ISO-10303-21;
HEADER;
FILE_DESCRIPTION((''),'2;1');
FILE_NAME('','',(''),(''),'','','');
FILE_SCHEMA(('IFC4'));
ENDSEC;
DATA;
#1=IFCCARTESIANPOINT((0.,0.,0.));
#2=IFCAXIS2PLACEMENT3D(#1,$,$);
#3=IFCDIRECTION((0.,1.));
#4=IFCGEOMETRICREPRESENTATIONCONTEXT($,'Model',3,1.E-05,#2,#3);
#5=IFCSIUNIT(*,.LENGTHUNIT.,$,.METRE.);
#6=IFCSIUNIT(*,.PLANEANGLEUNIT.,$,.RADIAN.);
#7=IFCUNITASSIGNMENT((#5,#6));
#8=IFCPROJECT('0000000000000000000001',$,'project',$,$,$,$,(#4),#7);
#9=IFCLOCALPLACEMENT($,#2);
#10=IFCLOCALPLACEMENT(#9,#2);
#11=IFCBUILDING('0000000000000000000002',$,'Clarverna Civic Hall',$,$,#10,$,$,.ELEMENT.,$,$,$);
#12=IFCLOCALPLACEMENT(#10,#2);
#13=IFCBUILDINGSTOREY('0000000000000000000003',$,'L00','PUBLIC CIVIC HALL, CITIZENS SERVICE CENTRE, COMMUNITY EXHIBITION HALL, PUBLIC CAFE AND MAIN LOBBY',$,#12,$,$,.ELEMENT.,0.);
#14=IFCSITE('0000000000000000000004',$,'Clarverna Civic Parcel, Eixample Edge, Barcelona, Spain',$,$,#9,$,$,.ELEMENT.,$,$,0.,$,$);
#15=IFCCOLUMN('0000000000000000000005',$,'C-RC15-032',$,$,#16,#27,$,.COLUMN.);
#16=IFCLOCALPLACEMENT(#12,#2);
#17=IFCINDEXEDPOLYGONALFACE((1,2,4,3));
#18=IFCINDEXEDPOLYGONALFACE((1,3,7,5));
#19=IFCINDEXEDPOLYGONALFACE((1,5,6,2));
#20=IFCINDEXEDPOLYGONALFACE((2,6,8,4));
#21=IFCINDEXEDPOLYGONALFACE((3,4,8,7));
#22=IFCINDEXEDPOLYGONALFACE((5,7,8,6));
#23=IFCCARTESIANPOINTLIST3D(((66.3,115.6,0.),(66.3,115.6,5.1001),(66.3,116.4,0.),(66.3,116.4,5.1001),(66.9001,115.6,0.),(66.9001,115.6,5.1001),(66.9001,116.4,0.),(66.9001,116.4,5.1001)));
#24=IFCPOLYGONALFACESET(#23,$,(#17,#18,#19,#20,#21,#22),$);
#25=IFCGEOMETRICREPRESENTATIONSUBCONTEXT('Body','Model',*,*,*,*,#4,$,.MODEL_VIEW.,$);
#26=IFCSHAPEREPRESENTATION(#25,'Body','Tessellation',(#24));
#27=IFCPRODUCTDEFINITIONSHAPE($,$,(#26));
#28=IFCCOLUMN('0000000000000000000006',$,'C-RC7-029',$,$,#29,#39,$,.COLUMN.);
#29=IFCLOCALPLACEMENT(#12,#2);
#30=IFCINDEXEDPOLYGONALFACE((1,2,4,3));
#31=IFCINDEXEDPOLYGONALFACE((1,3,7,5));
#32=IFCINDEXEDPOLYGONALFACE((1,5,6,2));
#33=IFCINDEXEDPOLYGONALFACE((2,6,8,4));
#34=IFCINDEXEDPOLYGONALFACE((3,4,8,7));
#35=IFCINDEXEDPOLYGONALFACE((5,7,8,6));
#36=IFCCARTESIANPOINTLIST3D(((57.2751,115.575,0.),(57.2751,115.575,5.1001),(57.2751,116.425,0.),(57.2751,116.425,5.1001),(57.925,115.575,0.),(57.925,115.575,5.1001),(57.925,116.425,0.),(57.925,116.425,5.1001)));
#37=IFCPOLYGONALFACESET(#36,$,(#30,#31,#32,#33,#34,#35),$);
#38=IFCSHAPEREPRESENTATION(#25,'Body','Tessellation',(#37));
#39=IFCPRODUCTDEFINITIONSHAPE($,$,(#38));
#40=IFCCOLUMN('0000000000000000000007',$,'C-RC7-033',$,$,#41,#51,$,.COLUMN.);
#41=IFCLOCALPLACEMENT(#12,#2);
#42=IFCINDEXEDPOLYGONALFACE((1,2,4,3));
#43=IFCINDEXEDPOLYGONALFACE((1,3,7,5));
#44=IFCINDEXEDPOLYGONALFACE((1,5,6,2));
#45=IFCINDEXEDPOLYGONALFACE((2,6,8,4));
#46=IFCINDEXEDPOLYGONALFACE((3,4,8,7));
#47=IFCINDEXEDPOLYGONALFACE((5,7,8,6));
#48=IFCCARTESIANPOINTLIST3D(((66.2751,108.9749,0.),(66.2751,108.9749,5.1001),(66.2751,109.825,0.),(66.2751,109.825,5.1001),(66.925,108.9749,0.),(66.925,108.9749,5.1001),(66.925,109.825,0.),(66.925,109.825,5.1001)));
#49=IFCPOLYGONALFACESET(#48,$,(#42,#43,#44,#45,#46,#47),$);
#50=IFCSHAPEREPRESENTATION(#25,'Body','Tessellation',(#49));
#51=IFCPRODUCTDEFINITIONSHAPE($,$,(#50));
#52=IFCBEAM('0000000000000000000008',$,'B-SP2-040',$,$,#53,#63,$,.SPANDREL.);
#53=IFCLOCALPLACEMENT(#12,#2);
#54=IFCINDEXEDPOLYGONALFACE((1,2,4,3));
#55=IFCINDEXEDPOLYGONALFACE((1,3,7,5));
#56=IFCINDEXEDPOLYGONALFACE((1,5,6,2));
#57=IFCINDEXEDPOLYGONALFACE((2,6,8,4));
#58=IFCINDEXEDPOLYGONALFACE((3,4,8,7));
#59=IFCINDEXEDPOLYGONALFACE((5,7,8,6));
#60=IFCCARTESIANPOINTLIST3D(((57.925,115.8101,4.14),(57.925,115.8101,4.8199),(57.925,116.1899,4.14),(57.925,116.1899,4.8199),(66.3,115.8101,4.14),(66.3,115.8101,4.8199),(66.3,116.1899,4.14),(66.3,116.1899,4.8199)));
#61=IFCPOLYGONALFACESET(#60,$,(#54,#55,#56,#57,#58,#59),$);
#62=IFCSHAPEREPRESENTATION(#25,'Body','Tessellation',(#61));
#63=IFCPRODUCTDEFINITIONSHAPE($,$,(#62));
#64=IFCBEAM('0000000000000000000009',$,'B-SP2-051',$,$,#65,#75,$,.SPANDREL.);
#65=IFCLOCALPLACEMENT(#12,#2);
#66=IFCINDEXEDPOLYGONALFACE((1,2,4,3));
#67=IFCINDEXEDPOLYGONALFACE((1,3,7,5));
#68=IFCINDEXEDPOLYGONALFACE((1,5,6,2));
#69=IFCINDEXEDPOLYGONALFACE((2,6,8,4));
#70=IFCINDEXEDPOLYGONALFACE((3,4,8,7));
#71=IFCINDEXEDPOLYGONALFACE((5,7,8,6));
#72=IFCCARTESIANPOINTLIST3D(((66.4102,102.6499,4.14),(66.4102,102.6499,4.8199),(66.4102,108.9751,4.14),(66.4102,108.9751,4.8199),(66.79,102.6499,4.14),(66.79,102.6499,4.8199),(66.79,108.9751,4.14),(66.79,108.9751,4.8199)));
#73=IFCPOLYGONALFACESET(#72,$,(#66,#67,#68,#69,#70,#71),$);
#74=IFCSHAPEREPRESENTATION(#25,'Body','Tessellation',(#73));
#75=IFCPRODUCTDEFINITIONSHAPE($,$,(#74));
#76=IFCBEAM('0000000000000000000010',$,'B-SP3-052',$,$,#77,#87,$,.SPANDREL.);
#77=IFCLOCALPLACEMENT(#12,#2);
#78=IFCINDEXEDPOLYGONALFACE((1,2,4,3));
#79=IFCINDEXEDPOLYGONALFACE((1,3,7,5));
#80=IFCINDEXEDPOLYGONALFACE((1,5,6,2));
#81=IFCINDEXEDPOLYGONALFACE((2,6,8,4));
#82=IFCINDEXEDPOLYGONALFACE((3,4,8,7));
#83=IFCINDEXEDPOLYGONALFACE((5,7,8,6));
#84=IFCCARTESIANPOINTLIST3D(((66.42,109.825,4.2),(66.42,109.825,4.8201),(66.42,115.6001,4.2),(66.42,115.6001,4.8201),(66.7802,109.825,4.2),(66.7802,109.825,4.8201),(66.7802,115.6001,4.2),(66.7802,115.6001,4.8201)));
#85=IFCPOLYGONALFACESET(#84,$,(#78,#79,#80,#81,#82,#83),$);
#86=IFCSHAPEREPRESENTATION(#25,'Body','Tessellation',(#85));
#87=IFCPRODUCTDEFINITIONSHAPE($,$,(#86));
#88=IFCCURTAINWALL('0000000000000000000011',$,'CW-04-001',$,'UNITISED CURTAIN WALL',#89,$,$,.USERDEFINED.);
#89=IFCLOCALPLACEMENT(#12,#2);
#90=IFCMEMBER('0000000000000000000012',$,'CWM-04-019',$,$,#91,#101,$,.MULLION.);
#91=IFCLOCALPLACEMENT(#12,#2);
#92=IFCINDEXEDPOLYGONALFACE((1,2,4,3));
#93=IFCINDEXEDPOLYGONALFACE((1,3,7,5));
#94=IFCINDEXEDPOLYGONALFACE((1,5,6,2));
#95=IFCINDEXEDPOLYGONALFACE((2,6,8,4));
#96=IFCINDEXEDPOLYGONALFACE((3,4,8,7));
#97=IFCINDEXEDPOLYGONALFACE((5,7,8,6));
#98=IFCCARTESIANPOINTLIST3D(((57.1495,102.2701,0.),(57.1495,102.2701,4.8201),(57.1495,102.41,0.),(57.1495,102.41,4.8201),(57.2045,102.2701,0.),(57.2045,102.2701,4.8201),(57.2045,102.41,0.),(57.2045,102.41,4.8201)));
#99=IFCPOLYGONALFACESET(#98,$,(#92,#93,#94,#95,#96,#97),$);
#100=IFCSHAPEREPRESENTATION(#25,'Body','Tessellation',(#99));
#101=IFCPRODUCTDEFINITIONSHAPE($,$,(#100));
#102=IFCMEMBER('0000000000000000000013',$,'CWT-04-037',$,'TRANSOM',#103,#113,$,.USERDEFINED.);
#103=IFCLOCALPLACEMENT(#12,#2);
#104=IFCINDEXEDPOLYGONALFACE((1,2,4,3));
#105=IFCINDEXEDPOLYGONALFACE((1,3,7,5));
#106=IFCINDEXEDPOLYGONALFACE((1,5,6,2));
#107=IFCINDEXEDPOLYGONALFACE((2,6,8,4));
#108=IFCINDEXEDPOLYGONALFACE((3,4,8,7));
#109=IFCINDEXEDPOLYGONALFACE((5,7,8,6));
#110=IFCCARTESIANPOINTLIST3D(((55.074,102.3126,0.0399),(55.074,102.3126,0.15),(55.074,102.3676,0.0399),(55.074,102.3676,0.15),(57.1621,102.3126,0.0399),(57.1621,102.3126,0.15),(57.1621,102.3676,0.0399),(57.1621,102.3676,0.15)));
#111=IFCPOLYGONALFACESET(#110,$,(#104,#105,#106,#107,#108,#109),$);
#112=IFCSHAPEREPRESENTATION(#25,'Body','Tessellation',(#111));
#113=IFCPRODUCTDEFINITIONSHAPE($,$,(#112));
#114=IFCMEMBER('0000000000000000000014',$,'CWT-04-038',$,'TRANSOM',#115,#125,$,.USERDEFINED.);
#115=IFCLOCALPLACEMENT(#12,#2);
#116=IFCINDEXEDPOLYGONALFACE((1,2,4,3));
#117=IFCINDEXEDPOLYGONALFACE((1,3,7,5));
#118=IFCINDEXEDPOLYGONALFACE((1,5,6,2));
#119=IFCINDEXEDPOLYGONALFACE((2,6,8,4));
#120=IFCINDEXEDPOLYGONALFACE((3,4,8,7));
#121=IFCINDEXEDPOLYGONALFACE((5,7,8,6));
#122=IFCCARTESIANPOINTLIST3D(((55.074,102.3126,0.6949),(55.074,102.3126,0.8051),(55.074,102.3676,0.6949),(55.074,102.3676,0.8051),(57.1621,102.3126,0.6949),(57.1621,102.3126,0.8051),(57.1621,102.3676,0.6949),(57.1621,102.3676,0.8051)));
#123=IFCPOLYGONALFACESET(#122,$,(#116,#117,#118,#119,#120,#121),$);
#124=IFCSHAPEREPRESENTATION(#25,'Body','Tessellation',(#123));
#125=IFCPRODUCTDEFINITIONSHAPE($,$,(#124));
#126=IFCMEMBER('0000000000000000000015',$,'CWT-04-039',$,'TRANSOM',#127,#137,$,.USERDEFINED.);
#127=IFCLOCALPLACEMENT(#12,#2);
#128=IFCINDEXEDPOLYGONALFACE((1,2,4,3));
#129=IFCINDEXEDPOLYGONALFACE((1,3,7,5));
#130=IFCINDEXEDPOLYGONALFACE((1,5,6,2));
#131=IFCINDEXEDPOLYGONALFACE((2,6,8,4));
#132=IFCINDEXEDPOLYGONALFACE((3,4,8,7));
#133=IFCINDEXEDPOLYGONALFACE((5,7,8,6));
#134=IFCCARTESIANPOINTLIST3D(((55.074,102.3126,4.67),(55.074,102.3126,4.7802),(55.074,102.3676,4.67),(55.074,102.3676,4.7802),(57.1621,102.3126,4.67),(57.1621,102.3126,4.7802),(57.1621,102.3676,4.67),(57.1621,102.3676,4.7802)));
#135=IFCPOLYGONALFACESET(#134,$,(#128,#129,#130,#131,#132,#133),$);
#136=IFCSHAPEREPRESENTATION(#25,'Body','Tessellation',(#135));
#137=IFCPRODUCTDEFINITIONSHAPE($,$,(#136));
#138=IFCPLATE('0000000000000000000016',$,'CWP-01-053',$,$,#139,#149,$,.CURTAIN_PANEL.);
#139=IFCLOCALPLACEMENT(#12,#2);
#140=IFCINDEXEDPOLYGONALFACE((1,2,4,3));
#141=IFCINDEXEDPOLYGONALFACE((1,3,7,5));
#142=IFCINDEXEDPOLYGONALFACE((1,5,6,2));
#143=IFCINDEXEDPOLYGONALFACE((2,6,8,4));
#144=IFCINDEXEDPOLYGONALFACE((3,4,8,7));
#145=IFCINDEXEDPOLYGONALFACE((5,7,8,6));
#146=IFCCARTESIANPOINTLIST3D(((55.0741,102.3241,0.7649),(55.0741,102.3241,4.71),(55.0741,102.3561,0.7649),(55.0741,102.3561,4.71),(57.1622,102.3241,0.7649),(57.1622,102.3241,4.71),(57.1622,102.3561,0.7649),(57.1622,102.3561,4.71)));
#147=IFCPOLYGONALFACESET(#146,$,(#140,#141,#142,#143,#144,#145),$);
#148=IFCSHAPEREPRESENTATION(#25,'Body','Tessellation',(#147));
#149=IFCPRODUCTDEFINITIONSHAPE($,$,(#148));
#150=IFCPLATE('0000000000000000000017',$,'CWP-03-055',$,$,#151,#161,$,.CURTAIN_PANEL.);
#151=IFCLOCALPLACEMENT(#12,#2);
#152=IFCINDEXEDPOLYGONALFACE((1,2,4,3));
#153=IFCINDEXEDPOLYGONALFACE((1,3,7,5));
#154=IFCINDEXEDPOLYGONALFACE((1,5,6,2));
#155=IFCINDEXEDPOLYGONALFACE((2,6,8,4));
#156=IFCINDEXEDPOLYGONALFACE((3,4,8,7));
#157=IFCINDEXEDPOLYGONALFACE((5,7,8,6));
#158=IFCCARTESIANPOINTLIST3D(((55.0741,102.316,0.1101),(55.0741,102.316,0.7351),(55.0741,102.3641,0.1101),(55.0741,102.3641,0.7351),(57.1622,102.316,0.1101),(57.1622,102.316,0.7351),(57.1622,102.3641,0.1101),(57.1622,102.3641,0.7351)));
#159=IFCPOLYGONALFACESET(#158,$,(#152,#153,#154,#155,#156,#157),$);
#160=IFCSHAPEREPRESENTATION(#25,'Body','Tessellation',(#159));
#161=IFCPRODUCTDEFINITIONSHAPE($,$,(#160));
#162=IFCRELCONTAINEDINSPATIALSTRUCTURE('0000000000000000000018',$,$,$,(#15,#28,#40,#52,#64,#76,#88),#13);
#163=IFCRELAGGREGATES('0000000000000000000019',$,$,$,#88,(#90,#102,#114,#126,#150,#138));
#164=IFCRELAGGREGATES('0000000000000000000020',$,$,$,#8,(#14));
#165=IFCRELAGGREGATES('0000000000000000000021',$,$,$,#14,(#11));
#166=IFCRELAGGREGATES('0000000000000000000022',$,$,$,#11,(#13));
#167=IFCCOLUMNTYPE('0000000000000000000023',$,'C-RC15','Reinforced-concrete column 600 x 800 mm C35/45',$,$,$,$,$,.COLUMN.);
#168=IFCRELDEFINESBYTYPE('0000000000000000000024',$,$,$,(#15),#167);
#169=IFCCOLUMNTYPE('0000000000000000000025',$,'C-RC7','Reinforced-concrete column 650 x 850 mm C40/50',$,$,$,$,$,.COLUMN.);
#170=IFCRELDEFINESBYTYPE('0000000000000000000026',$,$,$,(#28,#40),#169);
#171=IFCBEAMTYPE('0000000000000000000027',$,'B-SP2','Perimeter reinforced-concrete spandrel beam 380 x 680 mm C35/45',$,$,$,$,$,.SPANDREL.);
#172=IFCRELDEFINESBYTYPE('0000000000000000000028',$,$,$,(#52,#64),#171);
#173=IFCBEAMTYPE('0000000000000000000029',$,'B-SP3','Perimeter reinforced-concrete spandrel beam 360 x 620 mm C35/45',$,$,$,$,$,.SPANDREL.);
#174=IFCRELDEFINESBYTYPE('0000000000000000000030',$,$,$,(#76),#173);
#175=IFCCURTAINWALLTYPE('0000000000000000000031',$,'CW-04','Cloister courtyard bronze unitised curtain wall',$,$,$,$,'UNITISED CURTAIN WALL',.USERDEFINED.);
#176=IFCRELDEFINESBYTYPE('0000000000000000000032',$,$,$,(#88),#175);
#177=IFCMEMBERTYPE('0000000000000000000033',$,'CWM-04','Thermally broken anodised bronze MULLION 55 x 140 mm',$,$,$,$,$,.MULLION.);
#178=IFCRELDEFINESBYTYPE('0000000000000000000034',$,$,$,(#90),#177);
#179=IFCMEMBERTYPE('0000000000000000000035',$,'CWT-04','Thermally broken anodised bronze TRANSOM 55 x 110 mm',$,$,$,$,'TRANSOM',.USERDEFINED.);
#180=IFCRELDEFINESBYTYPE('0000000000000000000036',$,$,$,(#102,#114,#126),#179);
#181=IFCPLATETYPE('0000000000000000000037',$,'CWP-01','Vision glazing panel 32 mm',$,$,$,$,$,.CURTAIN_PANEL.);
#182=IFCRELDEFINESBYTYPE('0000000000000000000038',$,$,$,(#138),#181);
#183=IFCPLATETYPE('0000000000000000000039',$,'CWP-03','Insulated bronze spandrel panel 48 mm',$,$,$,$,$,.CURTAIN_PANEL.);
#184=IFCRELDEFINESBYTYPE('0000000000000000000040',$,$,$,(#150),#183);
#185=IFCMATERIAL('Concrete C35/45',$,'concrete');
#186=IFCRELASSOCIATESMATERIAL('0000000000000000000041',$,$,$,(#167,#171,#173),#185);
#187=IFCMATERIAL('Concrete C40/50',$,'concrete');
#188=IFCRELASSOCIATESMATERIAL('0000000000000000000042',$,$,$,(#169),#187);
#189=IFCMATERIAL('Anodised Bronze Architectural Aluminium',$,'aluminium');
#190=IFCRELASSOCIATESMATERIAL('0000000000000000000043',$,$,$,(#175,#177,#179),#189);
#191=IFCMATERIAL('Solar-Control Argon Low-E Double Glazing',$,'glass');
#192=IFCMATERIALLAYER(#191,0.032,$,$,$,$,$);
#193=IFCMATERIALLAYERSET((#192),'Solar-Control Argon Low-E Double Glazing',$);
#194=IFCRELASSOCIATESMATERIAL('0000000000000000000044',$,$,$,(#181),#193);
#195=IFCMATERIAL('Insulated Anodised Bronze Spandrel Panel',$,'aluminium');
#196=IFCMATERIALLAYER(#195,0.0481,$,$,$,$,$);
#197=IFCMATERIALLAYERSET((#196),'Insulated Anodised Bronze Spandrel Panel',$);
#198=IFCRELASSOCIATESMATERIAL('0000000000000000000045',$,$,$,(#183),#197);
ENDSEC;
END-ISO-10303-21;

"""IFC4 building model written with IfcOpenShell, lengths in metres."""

from ifc_helpers import new_model, si_unit, direction, frame, frame_2d, origin, origin_2d, place, context, subcontext, project, spatial, rectangle, extrude, material, layer, layer_set, material_profile, profile_set, type_object, element, aggregate, save


model = new_model("IFC4")

# Units and contexts
model_context = context("Model", 3, precision=1e-05, world=origin(), true_north=direction((0.0, 1.0)))
body_context = subcontext(model_context, "Body", "Model", "MODEL_VIEW")
ifc_project = project(units=[si_unit("LENGTHUNIT", "METRE"), si_unit("PLANEANGLEUNIT", "RADIAN")], contexts=[model_context])

# Site, building, storey
site_placement = place(None, origin())
site = spatial("IfcSite", under=ifc_project, at=site_placement, Name="Clarverna Civic Parcel, Eixample Edge, Barcelona, Spain", CompositionType="ELEMENT", RefElevation=0.0)
building_placement = place(site_placement, origin())
building = spatial("IfcBuilding", under=site, at=building_placement, Name="Clarverna Civic Hall", CompositionType="ELEMENT")
storey_placement = place(building_placement, origin())
storey = spatial("IfcBuildingStorey", under=building, at=storey_placement, Name="L00", Description="PUBLIC CIVIC HALL, CITIZENS SERVICE CENTRE, COMMUNITY EXHIBITION HALL, PUBLIC CAFE AND MAIN LOBBY", CompositionType="ELEMENT", Elevation=0.0)

# Columns
ifc_material_1 = material(Name="Concrete C35/45", Category="concrete")
ifc_material_profile_1 = material_profile(ifc_material_1, rectangle(XDim=0.6001, YDim=0.8, at=origin_2d()), Name="RC 600x800")
ifc_profile_set_1 = profile_set([ifc_material_profile_1], Name="Concrete C35/45")
column_type_1 = type_object("IfcColumnType", Name="C-RC15", Description="Reinforced-concrete column 600 x 800 mm C35/45", PredefinedType="COLUMN", material=ifc_profile_set_1)
column_placement = place(storey_placement, frame((66.6001, 116.0, 0.0), z_axis=(0.0, 0.0, 1.0), x_axis=(1.0, 0.0, 0.0)))
element("IfcColumn", 1, at=column_placement, inside=storey, type_object=column_type_1, Name="C-RC15-032", PredefinedType="COLUMN", context=body_context, shape_type="SweptSolid", body=[
    extrude(rectangle(XDim=0.6001, YDim=0.8, at=origin_2d()), origin(), (0.0, 0.0, 1.0), 5.1001),
])
ifc_material_2 = material(Name="Concrete C40/50", Category="concrete")
ifc_material_profile_2 = material_profile(ifc_material_2, rectangle(XDim=0.6499, YDim=0.8501, at=origin_2d()), Name="RC 650x850")
ifc_profile_set_2 = profile_set([ifc_material_profile_2], Name="Concrete C40/50")
column_type_2 = type_object("IfcColumnType", Name="C-RC7", Description="Reinforced-concrete column 650 x 850 mm C40/50", PredefinedType="COLUMN", material=ifc_profile_set_2)
for number, where, z_axis, x_axis, name in (
    (2, (57.6001, 116.0, 0.0), (0.0, 0.0, 1.0), (1.0, 0.0, 0.0), "C-RC7-029"),
    (3, (66.6001, 109.3999, 0.0), (0.0, 0.0, 1.0), (1.0, 0.0, 0.0), "C-RC7-033"),
):
    element("IfcColumn", number, at=place(storey_placement, frame(where, z_axis=z_axis, x_axis=x_axis)), inside=storey, type_object=column_type_2, Name=name, PredefinedType="COLUMN", context=body_context, shape_type="SweptSolid", body=[
        extrude(rectangle(XDim=0.6499, YDim=0.8501, at=origin_2d()), origin(), (0.0, 0.0, 1.0), 5.1001),
    ])

# Beams
ifc_material_profile_3 = material_profile(ifc_material_1, rectangle(XDim=0.3799, YDim=0.6799, at=origin_2d()), Name="RC 380x680")
ifc_profile_set_3 = profile_set([ifc_material_profile_3], Name="Concrete C35/45")
beam_type_1 = type_object("IfcBeamType", Name="B-SP2", Description="Perimeter reinforced-concrete spandrel beam 380 x 680 mm C35/45", PredefinedType="SPANDREL", material=ifc_profile_set_3)
beam_1_placement = place(storey_placement, frame((57.925, 116.0, 4.48), z_axis=(1.0, 0.0, 0.0), x_axis=(0.0, 1.0, 0.0)))
element("IfcBeam", 4, at=beam_1_placement, inside=storey, type_object=beam_type_1, Name="B-SP2-040", PredefinedType="SPANDREL", context=body_context, shape_type="SweptSolid", body=[
    extrude(rectangle(XDim=0.3799, YDim=0.6799, at=origin_2d()), origin(), (0.0, 0.0, 1.0), 8.375),
])
beam_2_placement = place(storey_placement, frame((66.6001, 102.6499, 4.48), z_axis=(0.0, 1.0, 0.0), x_axis=(-1.0, 0.0, 0.0)))
element("IfcBeam", 5, at=beam_2_placement, inside=storey, type_object=beam_type_1, Name="B-SP2-051", PredefinedType="SPANDREL", context=body_context, shape_type="SweptSolid", body=[
    extrude(rectangle(XDim=0.3799, YDim=0.6799, at=origin_2d()), origin(), (0.0, 0.0, 1.0), 6.3252),
])
ifc_material_profile_4 = material_profile(ifc_material_1, rectangle(XDim=0.3601, YDim=0.6201, at=origin_2d()), Name="RC 360x620")
ifc_profile_set_4 = profile_set([ifc_material_profile_4], Name="Concrete C35/45")
beam_type_2 = type_object("IfcBeamType", Name="B-SP3", Description="Perimeter reinforced-concrete spandrel beam 360 x 620 mm C35/45", PredefinedType="SPANDREL", material=ifc_profile_set_4)
beam_3_placement = place(storey_placement, frame((66.6001, 109.825, 4.51), z_axis=(0.0, 1.0, 0.0), x_axis=(-1.0, 0.0, 0.0)))
element("IfcBeam", 6, at=beam_3_placement, inside=storey, type_object=beam_type_2, Name="B-SP3-052", PredefinedType="SPANDREL", context=body_context, shape_type="SweptSolid", body=[
    extrude(rectangle(XDim=0.3601, YDim=0.6201, at=origin_2d()), origin(), (0.0, 0.0, 1.0), 5.7751),
])

# Curtain wall, members, plates
ifc_material_3 = material(Name="Anodised Bronze Architectural Aluminium", Category="aluminium")
curtain_wall_type = type_object("IfcCurtainWallType", Name="CW-04", Description="Cloister courtyard bronze unitised curtain wall", ElementType="UNITISED CURTAIN WALL", PredefinedType="USERDEFINED", material=ifc_material_3)
curtain_wall_placement = place(storey_placement, origin())
curtain_wall = element("IfcCurtainWall", 7, at=curtain_wall_placement, inside=storey, type_object=curtain_wall_type, Name="CW-04-001", ObjectType="UNITISED CURTAIN WALL", PredefinedType="USERDEFINED")
ifc_material_profile_5 = material_profile(ifc_material_3, rectangle(XDim=0.0549, YDim=0.1399, at=origin_2d()), Name="BRONZE 55x140")
ifc_profile_set_5 = profile_set([ifc_material_profile_5], Name="Anodised Bronze Architectural Aluminium")
member_type_1 = type_object("IfcMemberType", Name="CWM-04", Description="Thermally broken anodised bronze MULLION 55 x 140 mm", PredefinedType="MULLION", material=ifc_profile_set_5)
member_1_placement = place(storey_placement, frame((57.177, 102.3401, 0.0), z_axis=(0.0, 0.0, 1.0), x_axis=(1.0, 0.0, 0.0)))
member_1 = element("IfcMember", 8, at=member_1_placement, type_object=member_type_1, Name="CWM-04-019", PredefinedType="MULLION", context=body_context, shape_type="SweptSolid", body=[
    extrude(rectangle(XDim=0.0549, YDim=0.1399, at=origin_2d()), origin(), (0.0, 0.0, 1.0), 4.8201),
])
ifc_material_profile_6 = material_profile(ifc_material_3, rectangle(XDim=0.0549, YDim=0.1101, at=origin_2d()), Name="BRONZE 55x110")
ifc_profile_set_6 = profile_set([ifc_material_profile_6], Name="Anodised Bronze Architectural Aluminium")
member_type_2 = type_object("IfcMemberType", Name="CWT-04", Description="Thermally broken anodised bronze TRANSOM 55 x 110 mm", ElementType="TRANSOM", PredefinedType="USERDEFINED", material=ifc_profile_set_6)
member_2_placement = place(storey_placement, frame((57.1621, 102.3401, 0.095), z_axis=(-1.0, 0.0, 0.0), x_axis=(0.0, -1.0, 0.0)))
member_2 = element("IfcMember", 9, at=member_2_placement, type_object=member_type_2, Name="CWT-04-037", ObjectType="TRANSOM", PredefinedType="USERDEFINED", context=body_context, shape_type="SweptSolid", body=[
    extrude(rectangle(XDim=0.0549, YDim=0.1101, at=origin_2d()), origin(), (0.0, 0.0, 1.0), 2.0881),
])
member_3_placement = place(storey_placement, frame((57.1621, 102.3401, 0.75), z_axis=(-1.0, 0.0, 0.0), x_axis=(0.0, -1.0, 0.0)))
member_3 = element("IfcMember", 10, at=member_3_placement, type_object=member_type_2, Name="CWT-04-038", ObjectType="TRANSOM", PredefinedType="USERDEFINED", context=body_context, shape_type="SweptSolid", body=[
    extrude(rectangle(XDim=0.0549, YDim=0.1101, at=origin_2d()), origin(), (0.0, 0.0, 1.0), 2.0881),
])
member_4_placement = place(storey_placement, frame((57.1621, 102.3401, 4.7251), z_axis=(-1.0, 0.0, 0.0), x_axis=(0.0, -1.0, 0.0)))
member_4 = element("IfcMember", 11, at=member_4_placement, type_object=member_type_2, Name="CWT-04-039", ObjectType="TRANSOM", PredefinedType="USERDEFINED", context=body_context, shape_type="SweptSolid", body=[
    extrude(rectangle(XDim=0.0549, YDim=0.1101, at=origin_2d()), origin(), (0.0, 0.0, 1.0), 2.0881),
])
ifc_material_4 = material(Name="Solar-Control Argon Low-E Double Glazing", Category="glass")
ifc_layer_1 = layer(ifc_material_4, 0.032)
ifc_layer_set_1 = layer_set([ifc_layer_1], Name="Solar-Control Argon Low-E Double Glazing")
plate_type_1 = type_object("IfcPlateType", Name="CWP-01", Description="Vision glazing panel 32 mm", PredefinedType="CURTAIN_PANEL", material=ifc_layer_set_1)
plate_1_placement = place(storey_placement, frame((57.1621, 102.3401, 0.7649), z_axis=(0.0, 0.0, 1.0), x_axis=(-1.0, 0.0, 0.0)))
plate_1 = element("IfcPlate", 12, at=plate_1_placement, type_object=plate_type_1, Name="CWP-01-053", PredefinedType="CURTAIN_PANEL", context=body_context, shape_type="SweptSolid", body=[
    extrude(rectangle(XDim=2.0881, YDim=0.032, at=frame_2d((1.0439, 0.0))), origin(), (0.0, 0.0, 1.0), 3.9451),
])
ifc_material_5 = material(Name="Insulated Anodised Bronze Spandrel Panel", Category="aluminium")
ifc_layer_2 = layer(ifc_material_5, 0.0481)
ifc_layer_set_2 = layer_set([ifc_layer_2], Name="Insulated Anodised Bronze Spandrel Panel")
plate_type_2 = type_object("IfcPlateType", Name="CWP-03", Description="Insulated bronze spandrel panel 48 mm", PredefinedType="CURTAIN_PANEL", material=ifc_layer_set_2)
plate_2_placement = place(storey_placement, frame((57.1621, 102.3401, 0.1101), z_axis=(0.0, 0.0, 1.0), x_axis=(-1.0, 0.0, 0.0)))
plate_2 = element("IfcPlate", 13, at=plate_2_placement, type_object=plate_type_2, Name="CWP-03-055", PredefinedType="CURTAIN_PANEL", context=body_context, shape_type="SweptSolid", body=[
    extrude(rectangle(XDim=2.0881, YDim=0.0481, at=frame_2d((1.0439, 0.0))), origin(), (0.0, 0.0, 1.0), 0.625),
])
aggregate(curtain_wall, [member_1, member_2, member_3, member_4, plate_2, plate_1])

save(model, "model.ifc")
